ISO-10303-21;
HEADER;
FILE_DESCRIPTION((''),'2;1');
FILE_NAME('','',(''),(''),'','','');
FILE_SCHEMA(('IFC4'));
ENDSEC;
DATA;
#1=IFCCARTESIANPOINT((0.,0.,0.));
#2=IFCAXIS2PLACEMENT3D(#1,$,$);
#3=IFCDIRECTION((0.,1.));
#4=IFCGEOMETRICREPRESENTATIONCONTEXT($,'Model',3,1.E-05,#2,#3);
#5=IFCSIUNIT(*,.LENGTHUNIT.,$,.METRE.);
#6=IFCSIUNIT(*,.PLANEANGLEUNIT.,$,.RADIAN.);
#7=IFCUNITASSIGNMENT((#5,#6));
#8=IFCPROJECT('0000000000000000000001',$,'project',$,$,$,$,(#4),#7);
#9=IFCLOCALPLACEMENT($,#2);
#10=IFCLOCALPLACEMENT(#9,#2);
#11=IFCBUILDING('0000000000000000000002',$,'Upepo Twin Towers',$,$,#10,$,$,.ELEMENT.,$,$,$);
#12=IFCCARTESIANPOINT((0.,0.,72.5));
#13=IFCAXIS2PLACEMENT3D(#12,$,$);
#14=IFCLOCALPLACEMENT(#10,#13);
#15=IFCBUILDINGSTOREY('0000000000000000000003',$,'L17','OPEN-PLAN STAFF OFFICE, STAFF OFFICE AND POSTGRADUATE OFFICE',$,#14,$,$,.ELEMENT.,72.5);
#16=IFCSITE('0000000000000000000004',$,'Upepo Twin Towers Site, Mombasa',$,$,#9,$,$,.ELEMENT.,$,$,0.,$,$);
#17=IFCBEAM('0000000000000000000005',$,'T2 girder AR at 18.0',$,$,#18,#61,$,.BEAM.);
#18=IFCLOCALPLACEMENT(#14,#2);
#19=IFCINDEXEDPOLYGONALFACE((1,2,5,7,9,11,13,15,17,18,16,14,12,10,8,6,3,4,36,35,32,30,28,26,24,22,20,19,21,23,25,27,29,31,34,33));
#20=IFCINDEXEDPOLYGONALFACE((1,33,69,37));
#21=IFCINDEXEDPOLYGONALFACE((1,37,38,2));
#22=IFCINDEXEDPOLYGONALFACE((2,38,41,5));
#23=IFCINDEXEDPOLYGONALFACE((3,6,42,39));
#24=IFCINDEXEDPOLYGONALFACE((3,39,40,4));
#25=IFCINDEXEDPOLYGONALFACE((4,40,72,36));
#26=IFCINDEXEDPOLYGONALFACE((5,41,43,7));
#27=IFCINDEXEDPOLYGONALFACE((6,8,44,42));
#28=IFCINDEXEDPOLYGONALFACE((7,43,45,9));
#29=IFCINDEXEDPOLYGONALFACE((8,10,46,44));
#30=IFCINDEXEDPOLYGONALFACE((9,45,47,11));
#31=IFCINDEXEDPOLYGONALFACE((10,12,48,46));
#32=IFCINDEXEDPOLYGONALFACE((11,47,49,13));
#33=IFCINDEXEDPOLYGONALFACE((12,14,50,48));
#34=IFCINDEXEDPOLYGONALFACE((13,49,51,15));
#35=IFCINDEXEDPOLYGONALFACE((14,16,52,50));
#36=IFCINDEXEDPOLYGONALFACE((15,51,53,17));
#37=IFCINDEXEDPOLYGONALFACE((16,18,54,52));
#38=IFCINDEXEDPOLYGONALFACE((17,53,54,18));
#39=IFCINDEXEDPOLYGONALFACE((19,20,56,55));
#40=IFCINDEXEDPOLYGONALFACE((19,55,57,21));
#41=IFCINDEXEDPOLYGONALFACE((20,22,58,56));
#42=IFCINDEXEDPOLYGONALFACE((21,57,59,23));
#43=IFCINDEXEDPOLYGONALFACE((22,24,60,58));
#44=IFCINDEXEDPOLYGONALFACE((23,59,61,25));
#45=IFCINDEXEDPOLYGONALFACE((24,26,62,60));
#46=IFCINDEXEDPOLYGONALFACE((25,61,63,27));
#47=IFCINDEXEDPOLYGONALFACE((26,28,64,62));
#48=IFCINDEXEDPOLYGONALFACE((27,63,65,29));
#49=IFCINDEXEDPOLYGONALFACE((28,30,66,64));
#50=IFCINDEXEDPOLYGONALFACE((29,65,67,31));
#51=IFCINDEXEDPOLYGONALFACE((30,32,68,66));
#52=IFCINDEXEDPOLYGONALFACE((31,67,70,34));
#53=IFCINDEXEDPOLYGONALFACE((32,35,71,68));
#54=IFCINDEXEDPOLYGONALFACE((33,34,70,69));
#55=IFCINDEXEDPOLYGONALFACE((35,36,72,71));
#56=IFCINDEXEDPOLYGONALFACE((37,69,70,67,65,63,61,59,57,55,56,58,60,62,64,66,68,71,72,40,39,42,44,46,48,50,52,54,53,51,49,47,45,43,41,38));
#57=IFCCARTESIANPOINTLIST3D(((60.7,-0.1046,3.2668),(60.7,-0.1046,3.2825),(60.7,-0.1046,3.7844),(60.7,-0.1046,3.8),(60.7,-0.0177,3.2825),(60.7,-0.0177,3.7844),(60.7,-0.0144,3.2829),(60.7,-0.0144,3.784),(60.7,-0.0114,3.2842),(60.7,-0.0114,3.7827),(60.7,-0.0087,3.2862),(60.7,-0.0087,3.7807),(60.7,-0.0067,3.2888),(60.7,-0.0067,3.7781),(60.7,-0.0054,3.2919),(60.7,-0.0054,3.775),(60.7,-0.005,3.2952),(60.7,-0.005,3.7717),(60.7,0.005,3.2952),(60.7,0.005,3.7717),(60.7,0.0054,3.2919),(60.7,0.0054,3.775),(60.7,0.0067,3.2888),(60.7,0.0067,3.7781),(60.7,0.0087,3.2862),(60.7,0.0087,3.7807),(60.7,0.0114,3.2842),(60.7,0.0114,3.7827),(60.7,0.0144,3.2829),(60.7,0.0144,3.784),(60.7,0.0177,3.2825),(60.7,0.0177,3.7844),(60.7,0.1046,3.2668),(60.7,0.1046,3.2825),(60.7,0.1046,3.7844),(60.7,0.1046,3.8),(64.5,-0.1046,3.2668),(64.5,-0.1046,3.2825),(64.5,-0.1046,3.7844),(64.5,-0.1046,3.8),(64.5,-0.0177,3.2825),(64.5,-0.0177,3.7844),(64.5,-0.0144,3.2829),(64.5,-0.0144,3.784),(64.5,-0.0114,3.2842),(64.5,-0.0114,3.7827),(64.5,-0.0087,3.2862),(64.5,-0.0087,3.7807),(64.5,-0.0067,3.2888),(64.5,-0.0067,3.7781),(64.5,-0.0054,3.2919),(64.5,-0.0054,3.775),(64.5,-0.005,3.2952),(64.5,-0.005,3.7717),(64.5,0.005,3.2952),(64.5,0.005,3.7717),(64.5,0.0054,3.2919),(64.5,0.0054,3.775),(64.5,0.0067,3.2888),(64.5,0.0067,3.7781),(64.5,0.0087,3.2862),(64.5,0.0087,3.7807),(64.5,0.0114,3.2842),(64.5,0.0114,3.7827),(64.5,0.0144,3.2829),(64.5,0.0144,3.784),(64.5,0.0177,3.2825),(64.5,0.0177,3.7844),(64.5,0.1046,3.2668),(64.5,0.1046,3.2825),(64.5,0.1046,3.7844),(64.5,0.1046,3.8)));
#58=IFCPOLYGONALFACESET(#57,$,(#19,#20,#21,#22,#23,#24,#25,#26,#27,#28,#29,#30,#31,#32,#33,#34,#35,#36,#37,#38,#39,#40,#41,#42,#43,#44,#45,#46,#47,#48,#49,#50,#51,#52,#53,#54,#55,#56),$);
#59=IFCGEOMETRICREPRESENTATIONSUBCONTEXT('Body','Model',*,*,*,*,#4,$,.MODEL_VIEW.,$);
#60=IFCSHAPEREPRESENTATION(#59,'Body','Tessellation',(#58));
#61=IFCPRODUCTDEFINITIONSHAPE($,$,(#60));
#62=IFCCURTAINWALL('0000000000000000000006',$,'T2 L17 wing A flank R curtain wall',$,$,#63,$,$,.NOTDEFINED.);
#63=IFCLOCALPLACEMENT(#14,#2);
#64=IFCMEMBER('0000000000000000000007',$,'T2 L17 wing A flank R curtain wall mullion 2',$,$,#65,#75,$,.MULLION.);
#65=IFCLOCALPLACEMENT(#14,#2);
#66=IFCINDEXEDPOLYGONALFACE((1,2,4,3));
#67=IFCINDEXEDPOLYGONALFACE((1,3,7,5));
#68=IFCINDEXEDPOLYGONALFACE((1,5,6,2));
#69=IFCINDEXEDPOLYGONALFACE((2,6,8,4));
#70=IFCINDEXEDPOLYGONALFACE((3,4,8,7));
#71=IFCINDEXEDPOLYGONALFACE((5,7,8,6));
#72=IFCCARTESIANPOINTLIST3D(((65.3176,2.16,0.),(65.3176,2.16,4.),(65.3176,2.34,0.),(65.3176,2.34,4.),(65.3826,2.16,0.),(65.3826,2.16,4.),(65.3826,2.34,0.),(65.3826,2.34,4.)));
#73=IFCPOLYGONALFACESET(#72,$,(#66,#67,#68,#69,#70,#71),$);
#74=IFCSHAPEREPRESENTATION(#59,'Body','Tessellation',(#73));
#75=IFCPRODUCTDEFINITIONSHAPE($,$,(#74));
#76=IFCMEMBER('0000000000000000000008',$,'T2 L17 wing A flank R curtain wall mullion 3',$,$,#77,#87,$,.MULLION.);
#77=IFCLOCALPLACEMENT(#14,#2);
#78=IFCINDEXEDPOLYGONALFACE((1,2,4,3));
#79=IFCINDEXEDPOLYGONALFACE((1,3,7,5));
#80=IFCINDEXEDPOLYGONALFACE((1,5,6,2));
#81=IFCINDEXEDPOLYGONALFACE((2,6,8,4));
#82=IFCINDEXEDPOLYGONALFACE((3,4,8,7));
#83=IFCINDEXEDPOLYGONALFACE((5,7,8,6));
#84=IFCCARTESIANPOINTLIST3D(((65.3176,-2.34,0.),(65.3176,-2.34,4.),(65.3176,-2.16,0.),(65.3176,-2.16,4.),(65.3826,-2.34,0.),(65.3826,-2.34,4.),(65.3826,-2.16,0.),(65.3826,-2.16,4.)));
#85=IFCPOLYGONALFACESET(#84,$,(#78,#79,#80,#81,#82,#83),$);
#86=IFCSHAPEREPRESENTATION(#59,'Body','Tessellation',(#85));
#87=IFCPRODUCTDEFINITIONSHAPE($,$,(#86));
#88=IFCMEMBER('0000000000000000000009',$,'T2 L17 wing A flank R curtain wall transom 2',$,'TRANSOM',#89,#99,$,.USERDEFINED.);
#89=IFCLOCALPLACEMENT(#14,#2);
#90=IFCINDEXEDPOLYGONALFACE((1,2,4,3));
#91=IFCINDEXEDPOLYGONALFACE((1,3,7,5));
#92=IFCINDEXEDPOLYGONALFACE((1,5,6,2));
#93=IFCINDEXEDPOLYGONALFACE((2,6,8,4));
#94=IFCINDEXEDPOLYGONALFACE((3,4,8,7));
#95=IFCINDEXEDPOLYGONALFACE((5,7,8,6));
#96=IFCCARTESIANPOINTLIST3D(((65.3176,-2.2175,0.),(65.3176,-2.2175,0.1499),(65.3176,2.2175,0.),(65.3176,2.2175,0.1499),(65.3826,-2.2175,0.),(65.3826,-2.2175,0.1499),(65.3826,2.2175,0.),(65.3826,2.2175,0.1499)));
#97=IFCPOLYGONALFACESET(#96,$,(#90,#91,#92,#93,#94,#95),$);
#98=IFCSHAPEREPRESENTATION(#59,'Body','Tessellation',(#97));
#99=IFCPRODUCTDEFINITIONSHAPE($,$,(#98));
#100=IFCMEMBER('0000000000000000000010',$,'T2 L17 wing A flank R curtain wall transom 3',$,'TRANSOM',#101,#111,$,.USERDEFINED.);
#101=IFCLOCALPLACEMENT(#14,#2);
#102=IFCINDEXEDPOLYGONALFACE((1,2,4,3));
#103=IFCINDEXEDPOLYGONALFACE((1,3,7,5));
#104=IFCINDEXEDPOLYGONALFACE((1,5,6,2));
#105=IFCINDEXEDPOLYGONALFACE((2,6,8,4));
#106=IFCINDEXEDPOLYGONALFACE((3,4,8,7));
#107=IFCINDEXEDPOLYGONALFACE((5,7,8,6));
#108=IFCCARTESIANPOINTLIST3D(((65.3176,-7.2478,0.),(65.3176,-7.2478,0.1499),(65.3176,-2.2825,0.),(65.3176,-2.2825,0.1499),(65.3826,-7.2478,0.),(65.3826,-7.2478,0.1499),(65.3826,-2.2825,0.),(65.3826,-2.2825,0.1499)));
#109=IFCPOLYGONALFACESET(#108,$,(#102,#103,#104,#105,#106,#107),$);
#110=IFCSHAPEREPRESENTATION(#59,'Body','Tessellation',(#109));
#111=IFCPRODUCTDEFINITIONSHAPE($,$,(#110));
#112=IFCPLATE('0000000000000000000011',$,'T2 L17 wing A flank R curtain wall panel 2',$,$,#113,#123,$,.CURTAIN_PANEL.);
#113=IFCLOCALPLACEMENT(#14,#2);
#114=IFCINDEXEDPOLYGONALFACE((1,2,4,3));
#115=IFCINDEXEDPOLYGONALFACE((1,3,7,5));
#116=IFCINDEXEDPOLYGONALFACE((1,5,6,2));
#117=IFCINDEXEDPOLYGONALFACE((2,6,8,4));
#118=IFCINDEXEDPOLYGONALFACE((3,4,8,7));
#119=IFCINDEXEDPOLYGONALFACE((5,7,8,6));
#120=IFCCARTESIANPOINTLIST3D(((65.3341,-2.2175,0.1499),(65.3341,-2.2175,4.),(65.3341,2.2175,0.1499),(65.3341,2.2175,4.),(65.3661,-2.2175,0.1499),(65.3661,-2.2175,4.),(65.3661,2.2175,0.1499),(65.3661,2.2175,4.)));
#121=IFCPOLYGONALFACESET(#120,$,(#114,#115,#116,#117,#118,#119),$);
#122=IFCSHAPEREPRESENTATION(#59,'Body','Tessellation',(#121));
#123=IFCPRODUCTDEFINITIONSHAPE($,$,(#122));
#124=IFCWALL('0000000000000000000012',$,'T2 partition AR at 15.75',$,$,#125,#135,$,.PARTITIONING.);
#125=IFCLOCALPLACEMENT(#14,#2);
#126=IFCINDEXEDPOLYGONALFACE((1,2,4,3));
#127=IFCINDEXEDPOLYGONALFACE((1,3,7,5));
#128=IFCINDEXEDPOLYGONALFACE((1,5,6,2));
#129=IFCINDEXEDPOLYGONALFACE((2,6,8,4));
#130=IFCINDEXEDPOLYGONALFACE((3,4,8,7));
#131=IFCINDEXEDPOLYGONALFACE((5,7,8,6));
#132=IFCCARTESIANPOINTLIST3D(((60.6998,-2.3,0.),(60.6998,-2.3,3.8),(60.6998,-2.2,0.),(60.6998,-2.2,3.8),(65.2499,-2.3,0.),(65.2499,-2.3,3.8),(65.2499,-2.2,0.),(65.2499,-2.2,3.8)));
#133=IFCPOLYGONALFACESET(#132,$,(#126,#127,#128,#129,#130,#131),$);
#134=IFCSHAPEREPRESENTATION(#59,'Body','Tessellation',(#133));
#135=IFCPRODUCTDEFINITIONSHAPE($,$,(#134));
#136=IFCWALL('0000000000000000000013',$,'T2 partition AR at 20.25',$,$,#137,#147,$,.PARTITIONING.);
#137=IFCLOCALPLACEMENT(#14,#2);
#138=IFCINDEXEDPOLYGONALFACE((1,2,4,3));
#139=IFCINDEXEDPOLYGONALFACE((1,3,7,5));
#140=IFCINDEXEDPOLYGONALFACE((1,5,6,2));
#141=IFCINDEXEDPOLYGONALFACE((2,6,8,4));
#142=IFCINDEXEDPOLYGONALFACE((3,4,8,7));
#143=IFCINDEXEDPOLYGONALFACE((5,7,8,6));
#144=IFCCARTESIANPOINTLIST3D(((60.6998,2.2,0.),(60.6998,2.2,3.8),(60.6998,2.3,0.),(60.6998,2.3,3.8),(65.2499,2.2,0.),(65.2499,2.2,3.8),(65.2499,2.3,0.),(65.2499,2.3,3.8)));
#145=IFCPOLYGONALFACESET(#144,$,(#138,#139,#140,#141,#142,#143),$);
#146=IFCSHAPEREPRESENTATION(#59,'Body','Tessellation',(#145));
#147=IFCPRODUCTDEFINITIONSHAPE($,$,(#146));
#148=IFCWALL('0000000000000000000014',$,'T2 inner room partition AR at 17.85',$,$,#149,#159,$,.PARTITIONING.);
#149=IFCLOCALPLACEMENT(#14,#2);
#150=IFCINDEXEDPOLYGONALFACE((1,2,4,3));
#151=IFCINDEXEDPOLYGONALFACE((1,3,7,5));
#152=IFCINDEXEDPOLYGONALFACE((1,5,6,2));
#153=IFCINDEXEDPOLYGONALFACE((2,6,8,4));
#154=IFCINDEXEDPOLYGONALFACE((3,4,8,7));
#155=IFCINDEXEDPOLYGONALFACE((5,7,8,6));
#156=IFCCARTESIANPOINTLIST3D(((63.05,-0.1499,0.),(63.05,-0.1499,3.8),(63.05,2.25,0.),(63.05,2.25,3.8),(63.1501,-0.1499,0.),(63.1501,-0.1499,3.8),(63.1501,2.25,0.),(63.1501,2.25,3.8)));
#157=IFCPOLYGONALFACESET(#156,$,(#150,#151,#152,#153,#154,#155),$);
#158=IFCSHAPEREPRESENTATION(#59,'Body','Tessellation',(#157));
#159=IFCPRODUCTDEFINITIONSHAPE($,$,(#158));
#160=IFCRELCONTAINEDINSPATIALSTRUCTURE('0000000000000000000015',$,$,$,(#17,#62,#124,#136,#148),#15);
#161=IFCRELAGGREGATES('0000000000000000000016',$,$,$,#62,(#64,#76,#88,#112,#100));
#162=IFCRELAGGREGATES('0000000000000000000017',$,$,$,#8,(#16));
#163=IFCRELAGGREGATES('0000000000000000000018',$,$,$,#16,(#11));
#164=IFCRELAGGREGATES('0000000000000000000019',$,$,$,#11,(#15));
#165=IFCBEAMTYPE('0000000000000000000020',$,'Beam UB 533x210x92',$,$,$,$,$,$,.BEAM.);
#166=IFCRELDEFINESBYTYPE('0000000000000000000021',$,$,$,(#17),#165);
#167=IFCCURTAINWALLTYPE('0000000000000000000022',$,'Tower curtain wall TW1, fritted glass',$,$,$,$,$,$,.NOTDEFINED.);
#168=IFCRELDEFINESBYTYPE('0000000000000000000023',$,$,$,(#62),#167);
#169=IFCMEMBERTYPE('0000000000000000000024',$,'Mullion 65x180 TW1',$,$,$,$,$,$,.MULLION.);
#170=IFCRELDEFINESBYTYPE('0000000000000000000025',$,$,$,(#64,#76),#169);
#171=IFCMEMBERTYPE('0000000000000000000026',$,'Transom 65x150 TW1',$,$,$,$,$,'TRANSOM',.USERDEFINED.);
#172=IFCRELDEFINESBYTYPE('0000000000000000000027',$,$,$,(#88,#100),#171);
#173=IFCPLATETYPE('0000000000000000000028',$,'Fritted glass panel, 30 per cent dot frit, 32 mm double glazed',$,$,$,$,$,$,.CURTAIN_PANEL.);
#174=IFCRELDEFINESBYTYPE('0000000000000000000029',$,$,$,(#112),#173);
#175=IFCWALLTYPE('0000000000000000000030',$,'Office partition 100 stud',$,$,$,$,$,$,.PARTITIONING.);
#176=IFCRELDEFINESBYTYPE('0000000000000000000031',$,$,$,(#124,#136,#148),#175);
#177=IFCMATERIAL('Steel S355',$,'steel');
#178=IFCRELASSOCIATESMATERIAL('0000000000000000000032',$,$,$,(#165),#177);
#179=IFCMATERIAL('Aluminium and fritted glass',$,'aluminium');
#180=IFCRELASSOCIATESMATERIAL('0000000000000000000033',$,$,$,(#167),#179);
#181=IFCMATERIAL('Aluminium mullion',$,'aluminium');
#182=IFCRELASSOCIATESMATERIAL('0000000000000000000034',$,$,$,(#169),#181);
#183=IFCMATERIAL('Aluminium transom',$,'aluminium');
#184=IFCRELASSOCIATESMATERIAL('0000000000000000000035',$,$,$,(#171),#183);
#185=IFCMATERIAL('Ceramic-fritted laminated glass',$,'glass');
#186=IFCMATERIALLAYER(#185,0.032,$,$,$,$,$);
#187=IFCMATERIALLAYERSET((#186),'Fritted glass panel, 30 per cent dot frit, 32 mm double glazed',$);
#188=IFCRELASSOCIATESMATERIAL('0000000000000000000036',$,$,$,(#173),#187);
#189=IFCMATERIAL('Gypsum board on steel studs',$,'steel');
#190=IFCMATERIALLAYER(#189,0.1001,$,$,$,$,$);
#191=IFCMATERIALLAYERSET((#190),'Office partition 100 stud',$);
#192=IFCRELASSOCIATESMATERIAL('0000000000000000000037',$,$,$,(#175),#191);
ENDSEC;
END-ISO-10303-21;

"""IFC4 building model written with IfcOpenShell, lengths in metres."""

from ifc_helpers import new_model, si_unit, direction, frame, frame_2d, origin, origin_2d, place, context, subcontext, project, spatial, rectangle, i_section, extrude, material, layer, layer_set, material_profile, profile_set, type_object, element, aggregate, save


model = new_model("IFC4")

# Units and contexts
model_context = context("Model", 3, precision=1e-05, world=origin(), true_north=direction((0.0, 1.0)))
body_context = subcontext(model_context, "Body", "Model", "MODEL_VIEW")
ifc_project = project(units=[si_unit("LENGTHUNIT", "METRE"), si_unit("PLANEANGLEUNIT", "RADIAN")], contexts=[model_context])

# Site, building, storey
site_placement = place(None, origin())
site = spatial("IfcSite", under=ifc_project, at=site_placement, Name="Upepo Twin Towers Site, Mombasa", CompositionType="ELEMENT", RefElevation=0.0)
building_placement = place(site_placement, origin())
building = spatial("IfcBuilding", under=site, at=building_placement, Name="Upepo Twin Towers", CompositionType="ELEMENT")
storey_placement = place(building_placement, frame((0.0, 0.0, 72.5)))
storey = spatial("IfcBuildingStorey", under=building, at=storey_placement, Name="L17", Description="OPEN-PLAN STAFF OFFICE, STAFF OFFICE AND POSTGRADUATE OFFICE", CompositionType="ELEMENT", Elevation=72.5)

# Beam
ifc_material_1 = material(Name="Steel S355", Category="steel")
ifc_material_profile_1 = material_profile(ifc_material_1, i_section(OverallWidth=0.2092, OverallDepth=0.5332, WebThickness=0.01, FlangeThickness=0.0156, FilletRadius=0.0127, at=origin_2d()), Name="UB 533x210x92")
ifc_profile_set_1 = profile_set([ifc_material_profile_1], Name="Steel S355")
beam_type_1 = type_object("IfcBeamType", Name="Beam UB 533x210x92", PredefinedType="BEAM", material=ifc_profile_set_1)
for number, where, z_axis, x_axis, name in (
    (1, (64.5, 0.0, 3.5334), (-1.0, 0.0, 0.0), (0.0, -1.0, 0.0), "T2 girder AR at 18.0"),
):
    element("IfcBeam", number, at=place(storey_placement, frame(where, z_axis=z_axis, x_axis=x_axis)), inside=storey, type_object=beam_type_1, Name=name, PredefinedType="BEAM", context=body_context, shape_type="SweptSolid", body=[
        extrude(i_section(OverallWidth=0.2092, OverallDepth=0.5332, WebThickness=0.01, FlangeThickness=0.0156, FilletRadius=0.0127, at=origin_2d()), origin(), (0.0, 0.0, 1.0), 3.8),
    ])

# Curtain wall, members, plate
ifc_material_2 = material(Name="Aluminium and fritted glass", Category="aluminium")
curtain_wall_type = type_object("IfcCurtainWallType", Name="Tower curtain wall TW1, fritted glass", PredefinedType="NOTDEFINED", material=ifc_material_2)
curtain_wall_placement = place(storey_placement, origin())
curtain_wall = element("IfcCurtainWall", 2, at=curtain_wall_placement, inside=storey, type_object=curtain_wall_type, Name="T2 L17 wing A flank R curtain wall", PredefinedType="NOTDEFINED")
ifc_material_3 = material(Name="Aluminium mullion", Category="aluminium")
ifc_material_profile_2 = material_profile(ifc_material_3, rectangle(XDim=0.0649, YDim=0.1799, at=origin_2d()), Name="MULLION 65x180")
ifc_profile_set_2 = profile_set([ifc_material_profile_2], Name="Aluminium mullion")
member_type_1 = type_object("IfcMemberType", Name="Mullion 65x180 TW1", PredefinedType="MULLION", material=ifc_profile_set_2)
member_1_placement = place(storey_placement, frame((65.3501, 2.25, 0.0), z_axis=(0.0, 0.0, 1.0), x_axis=(1.0, 0.0, 0.0)))
member_1 = element("IfcMember", 3, at=member_1_placement, type_object=member_type_1, Name="T2 L17 wing A flank R curtain wall mullion 2", PredefinedType="MULLION", context=body_context, shape_type="SweptSolid", body=[
    extrude(rectangle(XDim=0.0649, YDim=0.1799, at=origin_2d()), origin(), (0.0, 0.0, 1.0), 4.0),
])
member_2_placement = place(storey_placement, frame((65.3501, -2.25, 0.0), z_axis=(0.0, 0.0, 1.0), x_axis=(1.0, 0.0, 0.0)))
member_2 = element("IfcMember", 4, at=member_2_placement, type_object=member_type_1, Name="T2 L17 wing A flank R curtain wall mullion 3", PredefinedType="MULLION", context=body_context, shape_type="SweptSolid", body=[
    extrude(rectangle(XDim=0.0649, YDim=0.1799, at=origin_2d()), origin(), (0.0, 0.0, 1.0), 4.0),
])
ifc_material_4 = material(Name="Aluminium transom", Category="aluminium")
ifc_material_profile_3 = material_profile(ifc_material_4, rectangle(XDim=0.0649, YDim=0.1499, at=origin_2d()), Name="TRANSOM 65x150")
ifc_profile_set_3 = profile_set([ifc_material_profile_3], Name="Aluminium transom")
member_type_2 = type_object("IfcMemberType", Name="Transom 65x150 TW1", ElementType="TRANSOM", PredefinedType="USERDEFINED", material=ifc_profile_set_3)
member_3_placement = place(storey_placement, frame((65.3501, 2.2175, 0.075), z_axis=(0.0, -1.0, 0.0), x_axis=(1.0, 0.0, 0.0)))
member_3 = element("IfcMember", 5, at=member_3_placement, type_object=member_type_2, Name="T2 L17 wing A flank R curtain wall transom 2", ObjectType="TRANSOM", PredefinedType="USERDEFINED", context=body_context, shape_type="SweptSolid", body=[
    extrude(rectangle(XDim=0.0649, YDim=0.1499, at=origin_2d()), origin(), (0.0, 0.0, 1.0), 4.4351),
])
member_4_placement = place(storey_placement, frame((65.3501, -2.2825, 0.075), z_axis=(0.0, -1.0, 0.0), x_axis=(1.0, 0.0, 0.0)))
member_4 = element("IfcMember", 6, at=member_4_placement, type_object=member_type_2, Name="T2 L17 wing A flank R curtain wall transom 3", ObjectType="TRANSOM", PredefinedType="USERDEFINED", context=body_context, shape_type="SweptSolid", body=[
    extrude(rectangle(XDim=0.0649, YDim=0.1499, at=origin_2d()), origin(), (0.0, 0.0, 1.0), 4.9653),
])
ifc_material_5 = material(Name="Ceramic-fritted laminated glass", Category="glass")
ifc_layer_1 = layer(ifc_material_5, 0.032)
ifc_layer_set_1 = layer_set([ifc_layer_1], Name="Fritted glass panel, 30 per cent dot frit, 32 mm double glazed")
plate_type = type_object("IfcPlateType", Name="Fritted glass panel, 30 per cent dot frit, 32 mm double glazed", PredefinedType="CURTAIN_PANEL", material=ifc_layer_set_1)
plate_placement = place(storey_placement, frame((65.3501, 0.0, 0.1499), z_axis=(0.0, 0.0, 1.0), x_axis=(0.0, -1.0, 0.0)))
plate = element("IfcPlate", 7, at=plate_placement, type_object=plate_type, Name="T2 L17 wing A flank R curtain wall panel 2", PredefinedType="CURTAIN_PANEL", context=body_context, shape_type="SweptSolid", body=[
    extrude(rectangle(XDim=4.4351, YDim=0.032, at=origin_2d()), origin(), (0.0, 0.0, 1.0), 3.8501),
])
aggregate(curtain_wall, [member_1, member_2, member_3, plate, member_4])

# Walls
ifc_material_6 = material(Name="Gypsum board on steel studs", Category="steel")
ifc_layer_2 = layer(ifc_material_6, 0.1001)
ifc_layer_set_2 = layer_set([ifc_layer_2], Name="Office partition 100 stud")
wall_type = type_object("IfcWallType", Name="Office partition 100 stud", PredefinedType="PARTITIONING", material=ifc_layer_set_2)
for number, where, z_axis, x_axis, name in (
    (8, (60.7, -2.25, 0.0), (0.0, 0.0, 1.0), (1.0, 0.0, 0.0), "T2 partition AR at 15.75"),
    (9, (60.7, 2.25, 0.0), (0.0, 0.0, 1.0), (1.0, 0.0, 0.0), "T2 partition AR at 20.25"),
):
    element("IfcWall", number, at=place(storey_placement, frame(where, z_axis=z_axis, x_axis=x_axis)), inside=storey, type_object=wall_type, Name=name, PredefinedType="PARTITIONING", context=body_context, shape_type="SweptSolid", body=[
        extrude(rectangle(XDim=4.55, YDim=0.1001, at=frame_2d((2.2749, 0.0))), origin(), (0.0, 0.0, 1.0), 3.8),
    ])
wall_1_placement = place(storey_placement, frame((63.1001, -0.1499, 0.0), z_axis=(0.0, 0.0, 1.0), x_axis=(0.0, 1.0, 0.0)))
element("IfcWall", 10, at=wall_1_placement, inside=storey, type_object=wall_type, Name="T2 inner room partition AR at 17.85", PredefinedType="PARTITIONING", context=body_context, shape_type="SweptSolid", body=[
    extrude(rectangle(XDim=2.3999, YDim=0.1001, at=frame_2d((1.2, 0.0))), origin(), (0.0, 0.0, 1.0), 3.8),
])

save(model, "model.ifc")
